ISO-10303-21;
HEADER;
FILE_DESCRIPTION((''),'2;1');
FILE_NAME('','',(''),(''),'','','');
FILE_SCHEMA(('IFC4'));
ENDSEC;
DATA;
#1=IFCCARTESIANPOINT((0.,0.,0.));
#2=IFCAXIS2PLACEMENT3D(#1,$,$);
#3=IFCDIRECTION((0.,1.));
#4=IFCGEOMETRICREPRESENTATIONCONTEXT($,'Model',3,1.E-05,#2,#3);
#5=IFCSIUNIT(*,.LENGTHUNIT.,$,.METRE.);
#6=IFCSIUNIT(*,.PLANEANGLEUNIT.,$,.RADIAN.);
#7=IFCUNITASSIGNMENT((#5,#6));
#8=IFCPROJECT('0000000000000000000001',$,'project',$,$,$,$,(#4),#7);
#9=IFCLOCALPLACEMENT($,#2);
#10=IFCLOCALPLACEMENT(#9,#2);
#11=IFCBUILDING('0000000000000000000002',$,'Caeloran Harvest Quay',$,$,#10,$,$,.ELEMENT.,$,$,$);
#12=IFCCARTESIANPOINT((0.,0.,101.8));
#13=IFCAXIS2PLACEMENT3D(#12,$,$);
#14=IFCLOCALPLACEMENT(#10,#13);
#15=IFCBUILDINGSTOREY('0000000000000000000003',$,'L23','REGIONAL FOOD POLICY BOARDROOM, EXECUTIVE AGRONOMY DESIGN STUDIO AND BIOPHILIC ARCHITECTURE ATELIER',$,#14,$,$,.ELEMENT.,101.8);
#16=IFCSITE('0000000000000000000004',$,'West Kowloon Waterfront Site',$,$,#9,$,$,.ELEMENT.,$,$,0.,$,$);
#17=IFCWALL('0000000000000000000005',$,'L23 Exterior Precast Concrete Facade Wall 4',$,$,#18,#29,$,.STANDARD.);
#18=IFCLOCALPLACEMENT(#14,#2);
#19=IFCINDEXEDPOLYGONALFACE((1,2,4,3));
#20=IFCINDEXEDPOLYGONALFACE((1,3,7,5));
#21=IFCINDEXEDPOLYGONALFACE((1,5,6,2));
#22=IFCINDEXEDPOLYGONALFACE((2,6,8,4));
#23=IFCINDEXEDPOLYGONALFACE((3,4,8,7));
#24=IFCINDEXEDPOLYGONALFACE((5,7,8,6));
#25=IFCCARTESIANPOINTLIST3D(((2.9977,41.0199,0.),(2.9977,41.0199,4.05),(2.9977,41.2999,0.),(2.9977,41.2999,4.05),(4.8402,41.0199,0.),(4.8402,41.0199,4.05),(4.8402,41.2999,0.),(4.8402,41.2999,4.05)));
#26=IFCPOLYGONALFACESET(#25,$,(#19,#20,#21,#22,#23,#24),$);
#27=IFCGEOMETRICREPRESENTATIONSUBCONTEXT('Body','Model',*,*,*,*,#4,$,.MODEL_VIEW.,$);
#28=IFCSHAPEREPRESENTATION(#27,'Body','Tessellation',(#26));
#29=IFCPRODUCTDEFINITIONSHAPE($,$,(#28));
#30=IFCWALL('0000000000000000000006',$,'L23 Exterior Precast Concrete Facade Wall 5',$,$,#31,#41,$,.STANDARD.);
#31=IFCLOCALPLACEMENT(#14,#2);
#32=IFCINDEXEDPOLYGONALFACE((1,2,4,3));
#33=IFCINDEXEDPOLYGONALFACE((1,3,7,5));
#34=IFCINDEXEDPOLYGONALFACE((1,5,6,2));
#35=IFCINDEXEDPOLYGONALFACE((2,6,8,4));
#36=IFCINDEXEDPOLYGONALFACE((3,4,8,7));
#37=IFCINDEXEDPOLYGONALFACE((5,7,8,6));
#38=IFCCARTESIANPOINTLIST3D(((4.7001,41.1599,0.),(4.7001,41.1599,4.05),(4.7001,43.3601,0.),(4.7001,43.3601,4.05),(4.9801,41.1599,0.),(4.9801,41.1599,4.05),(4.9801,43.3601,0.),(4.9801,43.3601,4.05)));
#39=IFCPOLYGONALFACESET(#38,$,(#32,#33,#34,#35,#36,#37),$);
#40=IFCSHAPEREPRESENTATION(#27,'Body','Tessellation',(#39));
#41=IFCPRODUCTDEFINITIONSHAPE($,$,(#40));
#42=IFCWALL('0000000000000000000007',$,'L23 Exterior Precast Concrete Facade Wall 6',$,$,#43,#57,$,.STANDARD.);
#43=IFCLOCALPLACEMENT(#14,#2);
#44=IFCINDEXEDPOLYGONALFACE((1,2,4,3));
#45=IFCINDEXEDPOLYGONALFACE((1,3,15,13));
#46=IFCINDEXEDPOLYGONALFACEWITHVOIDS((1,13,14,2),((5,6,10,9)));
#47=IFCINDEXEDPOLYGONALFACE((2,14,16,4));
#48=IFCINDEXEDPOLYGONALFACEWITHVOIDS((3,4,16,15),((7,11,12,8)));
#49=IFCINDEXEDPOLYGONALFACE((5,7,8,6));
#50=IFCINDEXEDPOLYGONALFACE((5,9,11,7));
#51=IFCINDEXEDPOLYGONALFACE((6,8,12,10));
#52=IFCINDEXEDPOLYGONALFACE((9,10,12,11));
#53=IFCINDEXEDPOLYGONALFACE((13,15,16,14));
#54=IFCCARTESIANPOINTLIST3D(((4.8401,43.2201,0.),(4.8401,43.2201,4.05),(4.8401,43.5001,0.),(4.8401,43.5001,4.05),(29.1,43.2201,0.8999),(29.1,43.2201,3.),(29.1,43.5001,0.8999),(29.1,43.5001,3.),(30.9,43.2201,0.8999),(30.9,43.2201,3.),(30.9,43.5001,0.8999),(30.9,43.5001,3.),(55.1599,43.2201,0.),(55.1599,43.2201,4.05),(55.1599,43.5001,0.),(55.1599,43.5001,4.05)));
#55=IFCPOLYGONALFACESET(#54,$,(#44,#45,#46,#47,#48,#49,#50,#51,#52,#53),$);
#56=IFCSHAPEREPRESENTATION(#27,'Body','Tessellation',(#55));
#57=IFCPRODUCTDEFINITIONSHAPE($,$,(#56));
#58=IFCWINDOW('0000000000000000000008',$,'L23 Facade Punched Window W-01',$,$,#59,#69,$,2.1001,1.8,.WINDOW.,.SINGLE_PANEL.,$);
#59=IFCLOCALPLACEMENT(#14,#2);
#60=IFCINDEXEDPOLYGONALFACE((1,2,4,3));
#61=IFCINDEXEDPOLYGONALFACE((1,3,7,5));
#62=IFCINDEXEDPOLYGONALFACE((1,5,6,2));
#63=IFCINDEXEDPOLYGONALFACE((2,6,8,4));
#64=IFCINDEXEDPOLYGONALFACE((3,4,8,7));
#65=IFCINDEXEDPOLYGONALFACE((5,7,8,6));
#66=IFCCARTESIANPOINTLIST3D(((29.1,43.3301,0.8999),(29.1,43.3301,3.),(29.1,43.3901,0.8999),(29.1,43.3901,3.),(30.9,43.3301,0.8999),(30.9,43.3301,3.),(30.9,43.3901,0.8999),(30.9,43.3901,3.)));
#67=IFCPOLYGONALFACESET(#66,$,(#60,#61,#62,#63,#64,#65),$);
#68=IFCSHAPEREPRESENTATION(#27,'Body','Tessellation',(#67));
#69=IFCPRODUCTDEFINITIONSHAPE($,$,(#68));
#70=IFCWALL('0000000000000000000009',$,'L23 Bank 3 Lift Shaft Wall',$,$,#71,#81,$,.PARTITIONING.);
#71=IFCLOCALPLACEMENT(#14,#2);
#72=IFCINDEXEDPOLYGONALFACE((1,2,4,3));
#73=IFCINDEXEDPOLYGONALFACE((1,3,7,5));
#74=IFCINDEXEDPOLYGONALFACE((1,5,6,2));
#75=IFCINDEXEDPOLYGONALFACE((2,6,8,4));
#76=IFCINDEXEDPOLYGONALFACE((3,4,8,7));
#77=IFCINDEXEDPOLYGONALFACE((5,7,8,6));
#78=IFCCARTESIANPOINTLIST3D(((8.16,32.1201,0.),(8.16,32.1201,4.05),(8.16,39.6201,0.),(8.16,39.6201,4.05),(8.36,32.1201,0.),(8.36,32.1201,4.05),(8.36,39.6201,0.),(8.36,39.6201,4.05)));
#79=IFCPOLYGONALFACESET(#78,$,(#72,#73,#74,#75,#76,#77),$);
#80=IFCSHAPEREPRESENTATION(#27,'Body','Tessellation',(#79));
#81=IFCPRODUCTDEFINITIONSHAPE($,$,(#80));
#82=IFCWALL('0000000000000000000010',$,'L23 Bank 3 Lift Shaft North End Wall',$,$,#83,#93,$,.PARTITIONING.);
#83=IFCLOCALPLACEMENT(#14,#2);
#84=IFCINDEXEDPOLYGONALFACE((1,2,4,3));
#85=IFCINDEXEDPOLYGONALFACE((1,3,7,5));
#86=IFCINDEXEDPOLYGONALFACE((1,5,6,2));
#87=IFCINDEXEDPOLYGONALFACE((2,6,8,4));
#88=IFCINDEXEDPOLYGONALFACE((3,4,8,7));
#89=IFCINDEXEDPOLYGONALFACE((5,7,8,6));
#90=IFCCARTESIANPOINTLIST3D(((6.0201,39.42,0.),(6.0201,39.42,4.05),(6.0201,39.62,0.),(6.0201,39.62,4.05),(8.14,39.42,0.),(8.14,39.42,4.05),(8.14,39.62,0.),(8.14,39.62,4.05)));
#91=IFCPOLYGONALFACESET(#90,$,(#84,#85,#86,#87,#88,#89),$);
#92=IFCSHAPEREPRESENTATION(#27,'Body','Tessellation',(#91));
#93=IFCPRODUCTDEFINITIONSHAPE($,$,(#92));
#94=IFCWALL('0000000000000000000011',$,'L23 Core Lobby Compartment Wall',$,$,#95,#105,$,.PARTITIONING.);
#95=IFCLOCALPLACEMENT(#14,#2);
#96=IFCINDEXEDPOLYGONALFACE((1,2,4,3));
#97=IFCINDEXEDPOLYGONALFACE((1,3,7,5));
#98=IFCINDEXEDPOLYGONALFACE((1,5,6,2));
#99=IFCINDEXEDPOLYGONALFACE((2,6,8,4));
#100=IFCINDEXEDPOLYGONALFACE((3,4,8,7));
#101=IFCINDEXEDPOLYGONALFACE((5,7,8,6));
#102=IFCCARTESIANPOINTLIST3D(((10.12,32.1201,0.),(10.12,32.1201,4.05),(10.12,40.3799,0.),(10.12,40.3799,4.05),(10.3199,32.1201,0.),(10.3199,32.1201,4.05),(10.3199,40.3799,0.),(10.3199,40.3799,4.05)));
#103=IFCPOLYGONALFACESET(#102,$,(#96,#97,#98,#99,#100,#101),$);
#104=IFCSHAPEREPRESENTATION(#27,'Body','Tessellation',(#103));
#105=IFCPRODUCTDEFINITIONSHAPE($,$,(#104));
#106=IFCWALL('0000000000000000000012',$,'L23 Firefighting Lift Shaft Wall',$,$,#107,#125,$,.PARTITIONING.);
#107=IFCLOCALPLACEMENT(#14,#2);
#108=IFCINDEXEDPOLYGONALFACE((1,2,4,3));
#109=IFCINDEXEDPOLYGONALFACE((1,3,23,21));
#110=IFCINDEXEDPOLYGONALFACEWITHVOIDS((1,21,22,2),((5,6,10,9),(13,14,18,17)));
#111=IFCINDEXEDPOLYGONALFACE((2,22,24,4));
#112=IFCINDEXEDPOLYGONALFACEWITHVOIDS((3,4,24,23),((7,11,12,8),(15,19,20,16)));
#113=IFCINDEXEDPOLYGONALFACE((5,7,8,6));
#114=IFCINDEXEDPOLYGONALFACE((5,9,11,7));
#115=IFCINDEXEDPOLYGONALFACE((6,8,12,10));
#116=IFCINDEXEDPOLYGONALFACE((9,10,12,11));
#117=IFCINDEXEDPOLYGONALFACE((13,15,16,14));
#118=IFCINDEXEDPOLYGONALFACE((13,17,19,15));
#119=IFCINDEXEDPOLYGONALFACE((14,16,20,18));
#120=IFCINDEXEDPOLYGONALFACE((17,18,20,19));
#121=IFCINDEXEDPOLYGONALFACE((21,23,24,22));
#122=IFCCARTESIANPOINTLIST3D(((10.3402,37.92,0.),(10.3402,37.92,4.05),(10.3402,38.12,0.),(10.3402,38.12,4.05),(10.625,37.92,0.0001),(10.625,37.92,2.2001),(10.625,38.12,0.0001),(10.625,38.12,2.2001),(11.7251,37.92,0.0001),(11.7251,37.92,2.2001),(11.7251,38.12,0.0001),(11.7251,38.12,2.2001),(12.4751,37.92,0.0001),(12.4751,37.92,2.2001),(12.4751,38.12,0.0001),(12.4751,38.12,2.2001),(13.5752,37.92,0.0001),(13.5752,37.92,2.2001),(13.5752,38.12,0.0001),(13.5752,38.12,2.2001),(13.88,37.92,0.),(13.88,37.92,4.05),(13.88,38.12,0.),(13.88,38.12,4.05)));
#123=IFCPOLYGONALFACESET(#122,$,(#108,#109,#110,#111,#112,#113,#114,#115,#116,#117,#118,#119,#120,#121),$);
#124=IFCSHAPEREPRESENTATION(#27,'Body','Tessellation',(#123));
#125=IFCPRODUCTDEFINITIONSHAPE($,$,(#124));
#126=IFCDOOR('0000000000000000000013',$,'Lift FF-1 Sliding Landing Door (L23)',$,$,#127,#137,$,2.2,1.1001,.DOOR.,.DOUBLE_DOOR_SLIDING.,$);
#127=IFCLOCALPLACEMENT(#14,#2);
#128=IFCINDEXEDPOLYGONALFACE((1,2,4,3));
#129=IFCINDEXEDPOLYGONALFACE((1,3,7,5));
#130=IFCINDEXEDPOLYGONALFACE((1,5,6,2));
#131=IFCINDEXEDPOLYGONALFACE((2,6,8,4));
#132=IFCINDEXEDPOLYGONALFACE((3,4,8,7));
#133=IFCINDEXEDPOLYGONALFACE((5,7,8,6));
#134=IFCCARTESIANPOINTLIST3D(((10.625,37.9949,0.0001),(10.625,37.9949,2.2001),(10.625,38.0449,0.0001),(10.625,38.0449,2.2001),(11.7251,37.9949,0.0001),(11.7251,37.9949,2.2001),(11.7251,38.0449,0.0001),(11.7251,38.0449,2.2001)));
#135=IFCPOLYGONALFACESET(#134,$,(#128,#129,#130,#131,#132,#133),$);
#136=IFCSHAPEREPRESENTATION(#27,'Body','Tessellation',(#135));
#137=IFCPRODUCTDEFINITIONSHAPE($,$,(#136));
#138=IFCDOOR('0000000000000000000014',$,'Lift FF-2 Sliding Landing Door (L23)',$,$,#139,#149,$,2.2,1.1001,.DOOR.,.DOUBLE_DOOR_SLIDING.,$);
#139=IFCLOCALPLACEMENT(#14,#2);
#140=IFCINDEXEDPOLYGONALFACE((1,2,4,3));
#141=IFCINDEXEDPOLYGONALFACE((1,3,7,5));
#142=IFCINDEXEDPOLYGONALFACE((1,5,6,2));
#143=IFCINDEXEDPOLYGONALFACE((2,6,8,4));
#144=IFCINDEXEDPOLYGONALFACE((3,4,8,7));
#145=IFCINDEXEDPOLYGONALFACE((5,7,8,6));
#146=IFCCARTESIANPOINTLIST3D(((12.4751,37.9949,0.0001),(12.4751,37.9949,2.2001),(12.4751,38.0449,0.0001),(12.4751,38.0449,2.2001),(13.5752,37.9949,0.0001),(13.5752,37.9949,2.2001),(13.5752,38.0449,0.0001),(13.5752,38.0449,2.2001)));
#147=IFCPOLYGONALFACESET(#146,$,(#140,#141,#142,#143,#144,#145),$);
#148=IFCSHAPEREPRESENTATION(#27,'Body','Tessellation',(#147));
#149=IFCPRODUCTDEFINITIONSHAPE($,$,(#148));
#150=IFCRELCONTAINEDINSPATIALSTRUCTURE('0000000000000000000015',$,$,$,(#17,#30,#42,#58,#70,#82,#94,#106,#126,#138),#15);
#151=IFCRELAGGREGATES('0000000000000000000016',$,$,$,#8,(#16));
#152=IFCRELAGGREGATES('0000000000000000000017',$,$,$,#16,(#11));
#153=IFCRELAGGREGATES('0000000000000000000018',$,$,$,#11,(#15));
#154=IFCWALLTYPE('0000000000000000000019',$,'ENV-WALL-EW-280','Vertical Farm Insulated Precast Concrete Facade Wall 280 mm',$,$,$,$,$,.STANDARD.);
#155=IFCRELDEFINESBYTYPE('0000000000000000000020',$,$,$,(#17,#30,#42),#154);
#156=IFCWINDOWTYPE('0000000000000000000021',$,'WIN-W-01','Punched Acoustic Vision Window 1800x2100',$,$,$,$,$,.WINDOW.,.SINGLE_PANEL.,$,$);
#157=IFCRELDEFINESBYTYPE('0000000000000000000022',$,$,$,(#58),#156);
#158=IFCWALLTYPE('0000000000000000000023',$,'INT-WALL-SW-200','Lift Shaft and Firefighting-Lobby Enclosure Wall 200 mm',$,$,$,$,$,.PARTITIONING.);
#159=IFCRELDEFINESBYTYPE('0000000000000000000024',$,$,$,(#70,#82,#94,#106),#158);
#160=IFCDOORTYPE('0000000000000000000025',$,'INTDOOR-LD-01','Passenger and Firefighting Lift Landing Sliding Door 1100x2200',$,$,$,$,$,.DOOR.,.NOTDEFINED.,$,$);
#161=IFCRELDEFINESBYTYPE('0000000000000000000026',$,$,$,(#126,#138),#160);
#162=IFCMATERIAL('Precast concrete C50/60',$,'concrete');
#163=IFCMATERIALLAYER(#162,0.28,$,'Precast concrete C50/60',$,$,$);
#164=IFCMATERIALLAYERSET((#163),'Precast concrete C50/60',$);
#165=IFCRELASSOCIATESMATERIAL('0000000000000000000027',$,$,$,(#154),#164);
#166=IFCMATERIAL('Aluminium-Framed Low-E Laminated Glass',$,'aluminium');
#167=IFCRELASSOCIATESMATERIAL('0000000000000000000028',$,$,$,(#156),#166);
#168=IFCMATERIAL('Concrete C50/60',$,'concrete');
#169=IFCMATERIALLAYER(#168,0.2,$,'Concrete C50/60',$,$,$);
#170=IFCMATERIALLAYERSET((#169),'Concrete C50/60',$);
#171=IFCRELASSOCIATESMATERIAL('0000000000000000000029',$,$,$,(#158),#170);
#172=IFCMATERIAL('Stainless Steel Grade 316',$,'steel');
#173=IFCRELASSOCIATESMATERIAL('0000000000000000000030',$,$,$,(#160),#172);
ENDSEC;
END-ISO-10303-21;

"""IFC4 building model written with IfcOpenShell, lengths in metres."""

from ifc_helpers import new_model, si_unit, direction, frame, frame_2d, origin, place, context, subcontext, project, spatial, rectangle, extrude, material, layer, layer_set, type_object, element, fill, save


model = new_model("IFC4")

# Units and contexts
model_context = context("Model", 3, precision=1e-05, world=origin(), true_north=direction((0.0, 1.0)))
body_context = subcontext(model_context, "Body", "Model", "MODEL_VIEW")
ifc_project = project(units=[si_unit("LENGTHUNIT", "METRE"), si_unit("PLANEANGLEUNIT", "RADIAN")], contexts=[model_context])

# Site, building, storey
site_placement = place(None, origin())
site = spatial("IfcSite", under=ifc_project, at=site_placement, Name="West Kowloon Waterfront Site", CompositionType="ELEMENT", RefElevation=0.0)
building_placement = place(site_placement, origin())
building = spatial("IfcBuilding", under=site, at=building_placement, Name="Caeloran Harvest Quay", CompositionType="ELEMENT")
storey_placement = place(building_placement, frame((0.0, 0.0, 101.8)))
storey = spatial("IfcBuildingStorey", under=building, at=storey_placement, Name="L23", Description="REGIONAL FOOD POLICY BOARDROOM, EXECUTIVE AGRONOMY DESIGN STUDIO AND BIOPHILIC ARCHITECTURE ATELIER", CompositionType="ELEMENT", Elevation=101.8)

# Walls
ifc_material_1 = material(Name="Precast concrete C50/60", Category="concrete")
ifc_layer_1 = layer(ifc_material_1, 0.28, Name="Precast concrete C50/60")
ifc_layer_set_1 = layer_set([ifc_layer_1], Name="Precast concrete C50/60")
wall_type_1 = type_object("IfcWallType", Name="ENV-WALL-EW-280", Description="Vertical Farm Insulated Precast Concrete Facade Wall 280 mm", PredefinedType="STANDARD", material=ifc_layer_set_1)
wall_1_placement = place(storey_placement, frame((2.9976, 41.1599, 0.0), z_axis=(0.0, 0.0, 1.0), x_axis=(1.0, 0.0, 0.0)))
element("IfcWall", 1, at=wall_1_placement, inside=storey, type_object=wall_type_1, Name="L23 Exterior Precast Concrete Facade Wall 4", PredefinedType="STANDARD", context=body_context, shape_type="SweptSolid", body=[
    extrude(rectangle(XDim=1.8425, YDim=0.28, at=frame_2d((0.9214, 0.0))), origin(), (0.0, 0.0, 1.0), 4.05),
])
wall_2_placement = place(storey_placement, frame((4.8401, 41.1599, 0.0), z_axis=(0.0, 0.0, 1.0), x_axis=(0.0, 1.0, 0.0)))
element("IfcWall", 2, at=wall_2_placement, inside=storey, type_object=wall_type_1, Name="L23 Exterior Precast Concrete Facade Wall 5", PredefinedType="STANDARD", context=body_context, shape_type="SweptSolid", body=[
    extrude(rectangle(XDim=2.2002, YDim=0.28, at=frame_2d((1.1001, 0.0))), origin(), (0.0, 0.0, 1.0), 4.05),
])

# Wall, opening, window
wall_3_placement = place(storey_placement, frame((4.8401, 43.3601, 0.0), z_axis=(0.0, 0.0, 1.0), x_axis=(1.0, 0.0, 0.0)))
wall_3 = element("IfcWall", 3, at=wall_3_placement, inside=storey, type_object=wall_type_1, Name="L23 Exterior Precast Concrete Facade Wall 6", PredefinedType="STANDARD", context=body_context, shape_type="SweptSolid", body=[
    extrude(rectangle(XDim=50.3198, YDim=0.28, at=frame_2d((25.1599, 0.0))), origin(), (0.0, 0.0, 1.0), 4.05),
])
opening_1_placement = place(wall_3_placement, frame((24.26, 0.0, 0.8999)))
opening_1 = element("IfcOpeningElement", 4, at=opening_1_placement, cuts=wall_3, PredefinedType="OPENING", context=body_context, shape_type="SweptSolid", body=[
    extrude(rectangle(XDim=1.8, YDim=2.1001, at=frame_2d((0.8999, 1.05))), frame((0.0, 0.1499, 0.0), z_axis=(0.0, -1.0, 0.0), x_axis=(1.0, 0.0, 0.0)), (0.0, 0.0, 1.0), 0.3),
])
ifc_material_2 = material(Name="Aluminium-Framed Low-E Laminated Glass", Category="aluminium")
window_type = type_object("IfcWindowType", Name="WIN-W-01", Description="Punched Acoustic Vision Window 1800x2100", PartitioningType="SINGLE_PANEL", PredefinedType="WINDOW", material=ifc_material_2)
window_placement = place(opening_1_placement, origin())
window = element("IfcWindow", 5, at=window_placement, inside=storey, type_object=window_type, Name="L23 Facade Punched Window W-01", OverallHeight=2.1001, OverallWidth=1.8, PartitioningType="SINGLE_PANEL", PredefinedType="WINDOW", context=body_context, shape_type="SweptSolid", body=[
    extrude(rectangle(XDim=1.8, YDim=2.1001, at=frame_2d((0.8999, 1.05))), frame((0.0, 0.03, 0.0), z_axis=(0.0, -1.0, 0.0), x_axis=(1.0, 0.0, 0.0)), (0.0, 0.0, 1.0), 0.0601),
])
fill(opening_1, window)

# Walls
ifc_material_3 = material(Name="Concrete C50/60", Category="concrete")
ifc_layer_2 = layer(ifc_material_3, 0.2, Name="Concrete C50/60")
ifc_layer_set_2 = layer_set([ifc_layer_2], Name="Concrete C50/60")
wall_type_2 = type_object("IfcWallType", Name="INT-WALL-SW-200", Description="Lift Shaft and Firefighting-Lobby Enclosure Wall 200 mm", PredefinedType="PARTITIONING", material=ifc_layer_set_2)
wall_4_placement = place(storey_placement, frame((8.26, 32.1201, 0.0), z_axis=(0.0, 0.0, 1.0), x_axis=(0.0, 1.0, 0.0)))
element("IfcWall", 6, at=wall_4_placement, inside=storey, type_object=wall_type_2, Name="L23 Bank 3 Lift Shaft Wall", PredefinedType="PARTITIONING", context=body_context, shape_type="SweptSolid", body=[
    extrude(rectangle(XDim=7.5, YDim=0.2, at=frame_2d((3.75, 0.0))), origin(), (0.0, 0.0, 1.0), 4.05),
])
wall_5_placement = place(storey_placement, frame((6.02, 39.52, 0.0), z_axis=(0.0, 0.0, 1.0), x_axis=(1.0, 0.0, 0.0)))
element("IfcWall", 7, at=wall_5_placement, inside=storey, type_object=wall_type_2, Name="L23 Bank 3 Lift Shaft North End Wall", PredefinedType="PARTITIONING", context=body_context, shape_type="SweptSolid", body=[
    extrude(rectangle(XDim=2.1199, YDim=0.2, at=frame_2d((1.0601, 0.0))), origin(), (0.0, 0.0, 1.0), 4.05),
])
wall_6_placement = place(storey_placement, frame((10.22, 32.1201, 0.0), z_axis=(0.0, 0.0, 1.0), x_axis=(0.0, 1.0, 0.0)))
element("IfcWall", 8, at=wall_6_placement, inside=storey, type_object=wall_type_2, Name="L23 Core Lobby Compartment Wall", PredefinedType="PARTITIONING", context=body_context, shape_type="SweptSolid", body=[
    extrude(rectangle(XDim=8.2598, YDim=0.2, at=frame_2d((4.1299, 0.0))), origin(), (0.0, 0.0, 1.0), 4.05),
])

# Wall, openings, doors
wall_7_placement = place(storey_placement, frame((10.3401, 38.02, 0.0), z_axis=(0.0, 0.0, 1.0), x_axis=(1.0, 0.0, 0.0)))
wall_7 = element("IfcWall", 9, at=wall_7_placement, inside=storey, type_object=wall_type_2, Name="L23 Firefighting Lift Shaft Wall", PredefinedType="PARTITIONING", context=body_context, shape_type="SweptSolid", body=[
    extrude(rectangle(XDim=3.5398, YDim=0.2, at=frame_2d((1.77, 0.0))), origin(), (0.0, 0.0, 1.0), 4.05),
])
opening_2_placement = place(wall_7_placement, frame((0.2849, 0.0, 0.0)))
opening_2 = element("IfcOpeningElement", 10, at=opening_2_placement, cuts=wall_7, PredefinedType="OPENING", context=body_context, shape_type="SweptSolid", body=[
    extrude(rectangle(XDim=1.1001, YDim=2.2, at=frame_2d((0.55, 1.1001))), frame((0.0, 0.1099, 0.0), z_axis=(0.0, -1.0, 0.0), x_axis=(1.0, 0.0, 0.0)), (0.0, 0.0, 1.0), 0.22),
])
opening_3_placement = place(wall_7_placement, frame((2.135, 0.0, 0.0)))
opening_3 = element("IfcOpeningElement", 11, at=opening_3_placement, cuts=wall_7, PredefinedType="OPENING", context=body_context, shape_type="SweptSolid", body=[
    extrude(rectangle(XDim=1.1001, YDim=2.2, at=frame_2d((0.55, 1.1001))), frame((0.0, 0.1099, 0.0), z_axis=(0.0, -1.0, 0.0), x_axis=(1.0, 0.0, 0.0)), (0.0, 0.0, 1.0), 0.22),
])
ifc_material_4 = material(Name="Stainless Steel Grade 316", Category="steel")
door_type_1 = type_object("IfcDoorType", Name="INTDOOR-LD-01", Description="Passenger and Firefighting Lift Landing Sliding Door 1100x2200", OperationType="NOTDEFINED", PredefinedType="DOOR", material=ifc_material_4)
door_1_placement = place(opening_2_placement, origin())
door_1 = element("IfcDoor", 12, at=door_1_placement, inside=storey, type_object=door_type_1, Name="Lift FF-1 Sliding Landing Door (L23)", OperationType="DOUBLE_DOOR_SLIDING", OverallHeight=2.2, OverallWidth=1.1001, PredefinedType="DOOR", context=body_context, shape_type="SweptSolid", body=[
    extrude(rectangle(XDim=1.1001, YDim=2.2, at=frame_2d((0.55, 1.1001))), frame((0.0, 0.0249, 0.0), z_axis=(0.0, -1.0, 0.0), x_axis=(1.0, 0.0, 0.0)), (0.0, 0.0, 1.0), 0.05),
])
fill(opening_2, door_1)
door_2_placement = place(opening_3_placement, origin())
door_2 = element("IfcDoor", 13, at=door_2_placement, inside=storey, type_object=door_type_1, Name="Lift FF-2 Sliding Landing Door (L23)", OperationType="DOUBLE_DOOR_SLIDING", OverallHeight=2.2, OverallWidth=1.1001, PredefinedType="DOOR", context=body_context, shape_type="SweptSolid", body=[
    extrude(rectangle(XDim=1.1001, YDim=2.2, at=frame_2d((0.55, 1.1001))), frame((0.0, 0.0249, 0.0), z_axis=(0.0, -1.0, 0.0), x_axis=(1.0, 0.0, 0.0)), (0.0, 0.0, 1.0), 0.05),
])
fill(opening_3, door_2)

save(model, "model.ifc")
